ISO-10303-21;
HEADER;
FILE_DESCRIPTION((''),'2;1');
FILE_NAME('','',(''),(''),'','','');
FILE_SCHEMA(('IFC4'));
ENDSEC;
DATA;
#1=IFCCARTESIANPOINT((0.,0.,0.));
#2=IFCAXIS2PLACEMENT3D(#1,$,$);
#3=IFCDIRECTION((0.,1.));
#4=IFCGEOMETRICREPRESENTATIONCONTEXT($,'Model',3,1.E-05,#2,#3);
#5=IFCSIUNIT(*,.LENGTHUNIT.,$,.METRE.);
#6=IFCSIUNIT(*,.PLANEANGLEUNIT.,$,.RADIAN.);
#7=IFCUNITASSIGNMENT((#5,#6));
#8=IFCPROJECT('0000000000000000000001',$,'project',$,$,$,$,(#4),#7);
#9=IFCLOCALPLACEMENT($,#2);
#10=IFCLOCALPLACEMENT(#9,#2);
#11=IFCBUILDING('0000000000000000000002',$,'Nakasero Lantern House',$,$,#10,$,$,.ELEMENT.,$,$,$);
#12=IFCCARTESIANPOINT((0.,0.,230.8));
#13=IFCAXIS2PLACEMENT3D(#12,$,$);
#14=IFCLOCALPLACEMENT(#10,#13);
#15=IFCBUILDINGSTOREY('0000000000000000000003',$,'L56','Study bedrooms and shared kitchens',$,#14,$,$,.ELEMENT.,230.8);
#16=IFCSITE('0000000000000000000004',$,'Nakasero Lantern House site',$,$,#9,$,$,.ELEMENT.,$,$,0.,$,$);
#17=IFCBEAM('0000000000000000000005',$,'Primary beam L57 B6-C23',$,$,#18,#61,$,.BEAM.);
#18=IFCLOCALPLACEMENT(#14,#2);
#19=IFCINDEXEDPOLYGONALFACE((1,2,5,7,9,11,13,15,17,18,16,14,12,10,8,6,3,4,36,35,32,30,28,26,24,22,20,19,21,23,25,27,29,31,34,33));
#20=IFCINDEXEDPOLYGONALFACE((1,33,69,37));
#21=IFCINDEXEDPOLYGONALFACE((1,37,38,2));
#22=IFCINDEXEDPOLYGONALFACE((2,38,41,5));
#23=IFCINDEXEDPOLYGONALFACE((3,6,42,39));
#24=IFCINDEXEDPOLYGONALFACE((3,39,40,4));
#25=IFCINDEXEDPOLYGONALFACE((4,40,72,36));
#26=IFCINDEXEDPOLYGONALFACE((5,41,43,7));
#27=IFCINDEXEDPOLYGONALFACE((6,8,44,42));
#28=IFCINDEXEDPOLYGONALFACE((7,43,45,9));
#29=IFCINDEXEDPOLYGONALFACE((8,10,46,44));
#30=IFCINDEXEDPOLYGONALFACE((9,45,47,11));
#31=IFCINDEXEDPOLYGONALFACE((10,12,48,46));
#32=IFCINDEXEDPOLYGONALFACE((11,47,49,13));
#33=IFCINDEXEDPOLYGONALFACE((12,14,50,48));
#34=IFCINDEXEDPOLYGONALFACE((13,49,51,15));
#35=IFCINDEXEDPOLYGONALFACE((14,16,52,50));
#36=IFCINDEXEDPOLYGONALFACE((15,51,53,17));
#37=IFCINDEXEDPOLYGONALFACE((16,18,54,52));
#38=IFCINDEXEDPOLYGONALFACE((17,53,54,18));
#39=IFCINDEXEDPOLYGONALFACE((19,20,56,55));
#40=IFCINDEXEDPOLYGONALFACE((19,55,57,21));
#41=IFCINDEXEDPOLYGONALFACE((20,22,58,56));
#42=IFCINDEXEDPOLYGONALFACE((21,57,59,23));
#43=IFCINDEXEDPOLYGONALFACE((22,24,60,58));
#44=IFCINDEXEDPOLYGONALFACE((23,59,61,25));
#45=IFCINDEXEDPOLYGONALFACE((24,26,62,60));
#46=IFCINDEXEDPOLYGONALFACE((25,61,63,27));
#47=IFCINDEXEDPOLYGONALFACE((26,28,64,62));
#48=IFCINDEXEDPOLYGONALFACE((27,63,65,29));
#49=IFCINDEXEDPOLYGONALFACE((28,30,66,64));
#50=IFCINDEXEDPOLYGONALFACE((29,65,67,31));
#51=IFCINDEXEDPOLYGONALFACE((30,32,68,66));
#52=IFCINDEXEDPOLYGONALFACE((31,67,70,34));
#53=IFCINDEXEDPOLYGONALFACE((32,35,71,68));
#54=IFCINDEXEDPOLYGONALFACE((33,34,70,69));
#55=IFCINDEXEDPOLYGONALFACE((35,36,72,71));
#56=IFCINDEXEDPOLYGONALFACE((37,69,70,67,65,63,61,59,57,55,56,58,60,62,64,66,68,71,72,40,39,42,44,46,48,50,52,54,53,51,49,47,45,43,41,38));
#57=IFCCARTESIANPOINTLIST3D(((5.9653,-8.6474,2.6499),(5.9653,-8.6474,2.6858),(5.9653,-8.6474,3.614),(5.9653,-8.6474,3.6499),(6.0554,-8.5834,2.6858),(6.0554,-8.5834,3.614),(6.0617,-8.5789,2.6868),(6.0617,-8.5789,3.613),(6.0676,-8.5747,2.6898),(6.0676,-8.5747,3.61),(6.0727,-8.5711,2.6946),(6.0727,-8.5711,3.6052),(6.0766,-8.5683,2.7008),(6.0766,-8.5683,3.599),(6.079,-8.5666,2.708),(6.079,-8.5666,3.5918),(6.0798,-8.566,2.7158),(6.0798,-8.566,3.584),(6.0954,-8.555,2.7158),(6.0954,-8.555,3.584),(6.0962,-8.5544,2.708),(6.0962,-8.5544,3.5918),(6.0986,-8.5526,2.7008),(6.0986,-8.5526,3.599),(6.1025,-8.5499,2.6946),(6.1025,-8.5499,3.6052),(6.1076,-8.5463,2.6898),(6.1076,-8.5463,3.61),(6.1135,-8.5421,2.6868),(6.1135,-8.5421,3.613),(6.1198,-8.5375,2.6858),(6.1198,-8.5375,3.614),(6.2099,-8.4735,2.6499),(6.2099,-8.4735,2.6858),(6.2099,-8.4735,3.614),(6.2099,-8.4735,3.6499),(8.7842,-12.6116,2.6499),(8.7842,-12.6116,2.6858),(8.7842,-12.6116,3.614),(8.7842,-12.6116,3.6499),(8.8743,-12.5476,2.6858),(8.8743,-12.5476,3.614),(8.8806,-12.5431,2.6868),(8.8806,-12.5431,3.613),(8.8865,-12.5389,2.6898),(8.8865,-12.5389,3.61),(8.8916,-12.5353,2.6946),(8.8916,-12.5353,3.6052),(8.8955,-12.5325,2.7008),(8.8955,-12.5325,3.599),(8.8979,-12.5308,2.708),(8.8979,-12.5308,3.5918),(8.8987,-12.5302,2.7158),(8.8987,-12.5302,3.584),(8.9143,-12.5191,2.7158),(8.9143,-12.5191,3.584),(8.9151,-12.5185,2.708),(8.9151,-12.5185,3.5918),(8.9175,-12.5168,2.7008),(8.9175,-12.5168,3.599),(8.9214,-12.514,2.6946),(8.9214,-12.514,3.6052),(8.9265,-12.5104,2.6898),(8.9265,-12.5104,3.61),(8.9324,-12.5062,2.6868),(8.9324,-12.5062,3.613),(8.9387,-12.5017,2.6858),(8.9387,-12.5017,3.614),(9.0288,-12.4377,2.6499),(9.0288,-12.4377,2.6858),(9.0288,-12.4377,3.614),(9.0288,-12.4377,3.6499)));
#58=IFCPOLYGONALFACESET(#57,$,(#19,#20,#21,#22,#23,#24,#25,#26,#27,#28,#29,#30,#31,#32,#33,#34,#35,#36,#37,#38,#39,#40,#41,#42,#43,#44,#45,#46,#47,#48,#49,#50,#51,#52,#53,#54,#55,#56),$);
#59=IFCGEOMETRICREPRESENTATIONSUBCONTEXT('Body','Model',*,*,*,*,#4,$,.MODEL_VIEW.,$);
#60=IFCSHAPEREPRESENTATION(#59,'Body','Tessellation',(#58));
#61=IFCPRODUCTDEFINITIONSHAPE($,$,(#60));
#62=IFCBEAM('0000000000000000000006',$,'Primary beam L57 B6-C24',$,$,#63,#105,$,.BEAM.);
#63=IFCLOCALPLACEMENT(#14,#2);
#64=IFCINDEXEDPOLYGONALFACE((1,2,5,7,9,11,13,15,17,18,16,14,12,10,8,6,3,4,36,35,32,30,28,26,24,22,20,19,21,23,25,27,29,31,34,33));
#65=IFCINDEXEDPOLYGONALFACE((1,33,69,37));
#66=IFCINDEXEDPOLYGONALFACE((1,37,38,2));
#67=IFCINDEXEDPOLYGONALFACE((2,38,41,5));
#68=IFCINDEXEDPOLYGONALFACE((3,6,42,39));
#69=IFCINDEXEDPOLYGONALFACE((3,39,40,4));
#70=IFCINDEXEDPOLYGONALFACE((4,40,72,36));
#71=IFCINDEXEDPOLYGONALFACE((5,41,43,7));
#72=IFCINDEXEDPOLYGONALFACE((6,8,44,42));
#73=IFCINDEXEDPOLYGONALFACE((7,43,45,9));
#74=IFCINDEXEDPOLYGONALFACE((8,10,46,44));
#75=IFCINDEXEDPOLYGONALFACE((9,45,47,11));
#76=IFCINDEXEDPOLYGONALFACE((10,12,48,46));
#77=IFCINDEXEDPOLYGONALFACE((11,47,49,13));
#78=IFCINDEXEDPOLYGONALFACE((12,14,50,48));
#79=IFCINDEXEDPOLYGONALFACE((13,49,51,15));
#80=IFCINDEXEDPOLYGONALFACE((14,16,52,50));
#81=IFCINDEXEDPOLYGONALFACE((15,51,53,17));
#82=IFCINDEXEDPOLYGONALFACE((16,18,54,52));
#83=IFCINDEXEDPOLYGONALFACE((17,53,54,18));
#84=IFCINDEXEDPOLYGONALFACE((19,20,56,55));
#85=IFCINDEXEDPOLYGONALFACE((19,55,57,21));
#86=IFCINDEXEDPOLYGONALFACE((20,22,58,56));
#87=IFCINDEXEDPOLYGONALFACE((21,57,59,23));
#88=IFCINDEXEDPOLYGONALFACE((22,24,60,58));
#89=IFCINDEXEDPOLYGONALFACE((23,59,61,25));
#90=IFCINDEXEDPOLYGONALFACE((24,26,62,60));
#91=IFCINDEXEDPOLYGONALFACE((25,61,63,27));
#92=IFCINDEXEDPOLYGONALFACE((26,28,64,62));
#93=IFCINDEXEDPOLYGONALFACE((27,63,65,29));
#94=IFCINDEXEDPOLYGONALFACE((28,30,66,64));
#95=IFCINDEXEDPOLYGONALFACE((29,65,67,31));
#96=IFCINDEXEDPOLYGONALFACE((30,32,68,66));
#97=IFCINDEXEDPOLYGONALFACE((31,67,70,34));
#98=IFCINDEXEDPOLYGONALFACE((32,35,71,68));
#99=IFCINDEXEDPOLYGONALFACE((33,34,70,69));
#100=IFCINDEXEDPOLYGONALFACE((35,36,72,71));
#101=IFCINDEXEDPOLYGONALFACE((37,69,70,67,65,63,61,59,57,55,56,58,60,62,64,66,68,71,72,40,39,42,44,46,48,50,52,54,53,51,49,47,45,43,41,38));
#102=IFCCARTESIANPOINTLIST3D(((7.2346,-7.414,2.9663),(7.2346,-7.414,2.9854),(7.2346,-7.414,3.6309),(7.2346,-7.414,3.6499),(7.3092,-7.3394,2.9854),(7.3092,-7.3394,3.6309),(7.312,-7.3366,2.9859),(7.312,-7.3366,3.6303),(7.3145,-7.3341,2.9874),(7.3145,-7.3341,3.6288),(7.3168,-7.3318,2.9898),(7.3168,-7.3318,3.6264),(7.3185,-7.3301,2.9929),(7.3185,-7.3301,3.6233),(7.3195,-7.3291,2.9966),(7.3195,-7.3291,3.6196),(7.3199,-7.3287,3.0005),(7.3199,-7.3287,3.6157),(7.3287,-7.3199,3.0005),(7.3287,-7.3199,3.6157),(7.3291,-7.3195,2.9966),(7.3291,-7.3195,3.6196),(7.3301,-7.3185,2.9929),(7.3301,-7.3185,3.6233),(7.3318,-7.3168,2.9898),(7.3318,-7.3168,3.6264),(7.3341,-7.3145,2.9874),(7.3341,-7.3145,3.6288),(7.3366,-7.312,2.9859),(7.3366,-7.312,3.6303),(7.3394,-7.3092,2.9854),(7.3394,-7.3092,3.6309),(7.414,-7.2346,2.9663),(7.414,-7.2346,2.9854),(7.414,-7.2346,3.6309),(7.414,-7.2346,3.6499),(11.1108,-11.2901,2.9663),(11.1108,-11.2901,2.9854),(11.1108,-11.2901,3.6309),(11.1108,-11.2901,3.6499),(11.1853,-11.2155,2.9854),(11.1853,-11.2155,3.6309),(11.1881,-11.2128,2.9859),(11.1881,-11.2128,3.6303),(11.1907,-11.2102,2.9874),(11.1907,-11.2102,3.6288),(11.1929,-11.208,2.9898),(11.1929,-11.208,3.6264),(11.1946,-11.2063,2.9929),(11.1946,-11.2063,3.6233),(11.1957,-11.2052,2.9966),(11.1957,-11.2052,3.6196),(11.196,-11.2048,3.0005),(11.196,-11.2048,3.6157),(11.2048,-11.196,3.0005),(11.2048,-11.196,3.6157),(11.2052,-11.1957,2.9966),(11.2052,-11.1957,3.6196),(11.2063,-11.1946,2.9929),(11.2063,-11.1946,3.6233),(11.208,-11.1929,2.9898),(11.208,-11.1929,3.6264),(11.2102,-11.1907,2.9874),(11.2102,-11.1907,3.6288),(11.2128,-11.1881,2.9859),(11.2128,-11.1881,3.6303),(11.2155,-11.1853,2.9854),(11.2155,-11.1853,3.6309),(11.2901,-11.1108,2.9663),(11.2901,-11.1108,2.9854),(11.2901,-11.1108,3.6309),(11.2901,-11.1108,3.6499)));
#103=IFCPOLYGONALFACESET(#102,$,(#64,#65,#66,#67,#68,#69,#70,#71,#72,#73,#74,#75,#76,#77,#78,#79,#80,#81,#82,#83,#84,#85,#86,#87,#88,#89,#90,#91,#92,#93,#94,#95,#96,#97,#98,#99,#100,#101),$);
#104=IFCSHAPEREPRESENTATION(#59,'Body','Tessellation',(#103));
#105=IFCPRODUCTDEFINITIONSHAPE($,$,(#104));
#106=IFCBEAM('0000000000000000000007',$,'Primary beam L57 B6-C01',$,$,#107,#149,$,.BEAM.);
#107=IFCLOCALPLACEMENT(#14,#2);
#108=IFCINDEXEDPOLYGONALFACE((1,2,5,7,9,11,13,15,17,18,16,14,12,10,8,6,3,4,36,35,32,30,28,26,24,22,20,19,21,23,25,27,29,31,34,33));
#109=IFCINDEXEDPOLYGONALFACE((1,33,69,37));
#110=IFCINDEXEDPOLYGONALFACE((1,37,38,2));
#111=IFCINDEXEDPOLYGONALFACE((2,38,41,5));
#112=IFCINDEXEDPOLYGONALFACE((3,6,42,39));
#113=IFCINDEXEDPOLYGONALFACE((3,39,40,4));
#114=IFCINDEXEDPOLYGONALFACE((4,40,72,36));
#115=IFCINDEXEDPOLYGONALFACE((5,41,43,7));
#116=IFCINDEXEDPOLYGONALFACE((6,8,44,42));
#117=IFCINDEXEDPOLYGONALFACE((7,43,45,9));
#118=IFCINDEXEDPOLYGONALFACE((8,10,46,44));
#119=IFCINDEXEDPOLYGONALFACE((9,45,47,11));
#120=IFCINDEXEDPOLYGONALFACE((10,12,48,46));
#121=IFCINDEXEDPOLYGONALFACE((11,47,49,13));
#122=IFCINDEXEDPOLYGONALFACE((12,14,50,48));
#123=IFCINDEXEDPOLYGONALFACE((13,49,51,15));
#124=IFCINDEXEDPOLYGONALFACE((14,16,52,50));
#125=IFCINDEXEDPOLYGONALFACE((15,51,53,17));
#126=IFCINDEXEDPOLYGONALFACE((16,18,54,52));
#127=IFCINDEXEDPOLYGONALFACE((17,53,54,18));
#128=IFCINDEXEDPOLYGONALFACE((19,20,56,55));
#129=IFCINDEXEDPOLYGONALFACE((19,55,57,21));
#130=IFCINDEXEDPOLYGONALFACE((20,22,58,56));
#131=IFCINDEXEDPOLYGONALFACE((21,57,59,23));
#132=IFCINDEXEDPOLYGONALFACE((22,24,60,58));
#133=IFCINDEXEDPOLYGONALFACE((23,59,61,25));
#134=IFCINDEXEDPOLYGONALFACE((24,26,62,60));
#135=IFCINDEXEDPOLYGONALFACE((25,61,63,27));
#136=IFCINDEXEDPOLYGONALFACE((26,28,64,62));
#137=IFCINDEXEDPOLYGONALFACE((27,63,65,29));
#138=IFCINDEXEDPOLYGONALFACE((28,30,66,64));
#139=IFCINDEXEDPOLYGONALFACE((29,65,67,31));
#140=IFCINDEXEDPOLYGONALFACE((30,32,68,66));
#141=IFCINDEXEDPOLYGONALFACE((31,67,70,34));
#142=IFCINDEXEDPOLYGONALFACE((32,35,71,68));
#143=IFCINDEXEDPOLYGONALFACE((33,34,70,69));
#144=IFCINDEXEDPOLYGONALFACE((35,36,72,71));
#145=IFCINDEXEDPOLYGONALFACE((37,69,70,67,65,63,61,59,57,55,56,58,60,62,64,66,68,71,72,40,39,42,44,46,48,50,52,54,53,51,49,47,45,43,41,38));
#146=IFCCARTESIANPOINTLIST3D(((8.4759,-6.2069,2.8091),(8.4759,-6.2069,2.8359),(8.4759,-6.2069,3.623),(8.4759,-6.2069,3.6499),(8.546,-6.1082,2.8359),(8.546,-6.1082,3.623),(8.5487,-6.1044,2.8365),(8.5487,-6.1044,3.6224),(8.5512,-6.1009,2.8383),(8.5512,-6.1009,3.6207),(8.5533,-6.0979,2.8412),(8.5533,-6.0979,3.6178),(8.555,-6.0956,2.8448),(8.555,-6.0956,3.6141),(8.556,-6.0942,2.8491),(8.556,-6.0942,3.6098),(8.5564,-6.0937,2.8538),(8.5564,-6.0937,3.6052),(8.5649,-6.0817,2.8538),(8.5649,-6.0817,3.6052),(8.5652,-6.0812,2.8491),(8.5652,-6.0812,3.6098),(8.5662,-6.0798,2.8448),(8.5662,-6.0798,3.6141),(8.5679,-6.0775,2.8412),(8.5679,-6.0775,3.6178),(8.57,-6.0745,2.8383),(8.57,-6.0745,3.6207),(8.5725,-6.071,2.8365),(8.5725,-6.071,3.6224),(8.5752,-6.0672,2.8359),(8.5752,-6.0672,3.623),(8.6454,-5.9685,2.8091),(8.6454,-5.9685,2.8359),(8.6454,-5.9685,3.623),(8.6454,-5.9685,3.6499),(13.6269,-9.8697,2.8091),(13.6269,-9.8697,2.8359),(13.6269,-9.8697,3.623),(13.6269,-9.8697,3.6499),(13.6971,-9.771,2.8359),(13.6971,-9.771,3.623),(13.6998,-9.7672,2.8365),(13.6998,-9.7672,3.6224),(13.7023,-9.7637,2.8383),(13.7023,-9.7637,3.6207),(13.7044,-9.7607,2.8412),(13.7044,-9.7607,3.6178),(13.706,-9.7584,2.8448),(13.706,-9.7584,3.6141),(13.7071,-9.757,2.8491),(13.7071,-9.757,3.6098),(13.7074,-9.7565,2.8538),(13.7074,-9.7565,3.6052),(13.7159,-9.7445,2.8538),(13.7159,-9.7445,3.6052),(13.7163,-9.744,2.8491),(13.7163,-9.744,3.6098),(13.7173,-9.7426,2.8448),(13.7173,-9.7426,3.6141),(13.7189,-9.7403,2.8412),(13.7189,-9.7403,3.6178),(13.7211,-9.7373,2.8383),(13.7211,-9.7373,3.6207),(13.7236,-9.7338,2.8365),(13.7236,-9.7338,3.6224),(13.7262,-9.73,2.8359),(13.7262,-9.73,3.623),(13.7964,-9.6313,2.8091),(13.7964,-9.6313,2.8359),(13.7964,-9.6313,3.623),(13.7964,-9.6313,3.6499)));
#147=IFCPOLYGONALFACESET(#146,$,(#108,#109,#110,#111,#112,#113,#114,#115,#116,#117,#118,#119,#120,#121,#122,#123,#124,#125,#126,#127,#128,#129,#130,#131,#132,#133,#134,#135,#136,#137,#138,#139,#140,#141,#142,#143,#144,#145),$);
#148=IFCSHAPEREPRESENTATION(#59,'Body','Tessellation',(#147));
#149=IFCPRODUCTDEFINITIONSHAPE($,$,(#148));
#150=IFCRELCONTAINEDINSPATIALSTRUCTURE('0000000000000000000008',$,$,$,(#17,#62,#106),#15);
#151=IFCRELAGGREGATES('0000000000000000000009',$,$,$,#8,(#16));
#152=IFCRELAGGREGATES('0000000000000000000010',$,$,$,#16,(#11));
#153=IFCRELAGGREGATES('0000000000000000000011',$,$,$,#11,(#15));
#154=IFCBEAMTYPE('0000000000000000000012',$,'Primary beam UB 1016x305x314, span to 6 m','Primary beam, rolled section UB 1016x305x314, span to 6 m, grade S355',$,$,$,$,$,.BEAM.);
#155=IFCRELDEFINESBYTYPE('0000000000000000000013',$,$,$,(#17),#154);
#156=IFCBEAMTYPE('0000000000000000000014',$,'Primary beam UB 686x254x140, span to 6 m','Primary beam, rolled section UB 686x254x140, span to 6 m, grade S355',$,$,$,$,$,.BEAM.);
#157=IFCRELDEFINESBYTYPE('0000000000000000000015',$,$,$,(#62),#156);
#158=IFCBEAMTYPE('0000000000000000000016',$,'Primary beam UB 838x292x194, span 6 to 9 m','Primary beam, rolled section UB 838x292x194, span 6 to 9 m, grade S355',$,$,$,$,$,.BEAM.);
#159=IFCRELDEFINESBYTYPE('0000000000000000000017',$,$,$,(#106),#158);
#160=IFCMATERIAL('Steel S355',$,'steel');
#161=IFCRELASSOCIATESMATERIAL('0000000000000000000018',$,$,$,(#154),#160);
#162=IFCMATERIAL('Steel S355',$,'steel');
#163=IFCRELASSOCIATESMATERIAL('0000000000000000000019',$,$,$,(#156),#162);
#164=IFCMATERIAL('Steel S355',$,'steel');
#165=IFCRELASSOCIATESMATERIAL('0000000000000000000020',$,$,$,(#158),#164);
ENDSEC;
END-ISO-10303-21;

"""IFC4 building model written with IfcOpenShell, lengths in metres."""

from ifc_helpers import new_model, si_unit, direction, frame, origin, origin_2d, place, context, subcontext, project, spatial, i_section, extrude, material, material_profile, profile_set, type_object, element, save


model = new_model("IFC4")

# Units and contexts
model_context = context("Model", 3, precision=1e-05, world=origin(), true_north=direction((0.0, 1.0)))
body_context = subcontext(model_context, "Body", "Model", "MODEL_VIEW")
ifc_project = project(units=[si_unit("LENGTHUNIT", "METRE"), si_unit("PLANEANGLEUNIT", "RADIAN")], contexts=[model_context])

# Site, building, storey
site_placement = place(None, origin())
site = spatial("IfcSite", under=ifc_project, at=site_placement, Name="Nakasero Lantern House site", CompositionType="ELEMENT", RefElevation=0.0)
building_placement = place(site_placement, origin())
building = spatial("IfcBuilding", under=site, at=building_placement, Name="Nakasero Lantern House", CompositionType="ELEMENT")
storey_placement = place(building_placement, frame((0.0, 0.0, 230.8)))
storey = spatial("IfcBuildingStorey", under=building, at=storey_placement, Name="L56", Description="Study bedrooms and shared kitchens", CompositionType="ELEMENT", Elevation=230.8)

# Beams
ifc_material_1 = material(Name="Steel S355", Category="steel")
ifc_material_profile_1 = material_profile(ifc_material_1, i_section(OverallWidth=0.3, OverallDepth=1.0, WebThickness=0.019, FlangeThickness=0.0359, FilletRadius=0.03, at=origin_2d()), Name="UB 1016x305x314")
ifc_profile_set_1 = profile_set([ifc_material_profile_1], Name="Steel S355")
beam_type_1 = type_object("IfcBeamType", Name="Primary beam UB 1016x305x314, span to 6 m", Description="Primary beam, rolled section UB 1016x305x314, span to 6 m, grade S355", PredefinedType="BEAM", material=ifc_profile_set_1)
beam_1_placement = place(storey_placement, frame((8.9065, -12.5247, 3.1499), z_axis=(-0.579513, 0.814963, 0.0), x_axis=(-0.814963, -0.579513, 0.0)))
element("IfcBeam", 1, at=beam_1_placement, inside=storey, type_object=beam_type_1, Name="Primary beam L57 B6-C23", PredefinedType="BEAM", context=body_context, shape_type="SweptSolid", body=[
    extrude(i_section(OverallWidth=0.3, OverallDepth=1.0, WebThickness=0.019, FlangeThickness=0.0359, FilletRadius=0.03, at=origin_2d()), origin(), (0.0, 0.0, 1.0), 4.8643),
])
ifc_material_2 = material(Name="Steel S355", Category="steel")
ifc_material_profile_2 = material_profile(ifc_material_2, i_section(OverallWidth=0.2537, OverallDepth=0.6836, WebThickness=0.0125, FlangeThickness=0.019, FilletRadius=0.0151, at=origin_2d()), Name="UB 686x254x140")
ifc_profile_set_2 = profile_set([ifc_material_profile_2], Name="Steel S355")
beam_type_2 = type_object("IfcBeamType", Name="Primary beam UB 686x254x140, span to 6 m", Description="Primary beam, rolled section UB 686x254x140, span to 6 m, grade S355", PredefinedType="BEAM", material=ifc_profile_set_2)
beam_2_placement = place(storey_placement, frame((11.2004, -11.2004, 3.3081), z_axis=(-0.707107, 0.707107, 0.0), x_axis=(-0.707107, -0.707107, 0.0)))
element("IfcBeam", 2, at=beam_2_placement, inside=storey, type_object=beam_type_2, Name="Primary beam L57 B6-C24", PredefinedType="BEAM", context=body_context, shape_type="SweptSolid", body=[
    extrude(i_section(OverallWidth=0.2537, OverallDepth=0.6836, WebThickness=0.0125, FlangeThickness=0.019, FilletRadius=0.0151, at=origin_2d()), origin(), (0.0, 0.0, 1.0), 5.4817),
])
ifc_material_3 = material(Name="Steel S355", Category="steel")
ifc_material_profile_3 = material_profile(ifc_material_3, i_section(OverallWidth=0.2925, OverallDepth=0.8408, WebThickness=0.0146, FlangeThickness=0.0269, FilletRadius=0.0178, at=origin_2d()), Name="UB 838x292x194")
ifc_profile_set_3 = profile_set([ifc_material_profile_3], Name="Steel S355")
beam_type_3 = type_object("IfcBeamType", Name="Primary beam UB 838x292x194, span 6 to 9 m", Description="Primary beam, rolled section UB 838x292x194, span 6 to 9 m, grade S355", PredefinedType="BEAM", material=ifc_profile_set_3)
beam_3_placement = place(storey_placement, frame((13.7117, -9.7505, 3.2295), z_axis=(-0.814969, 0.579505, 0.0), x_axis=(-0.579505, -0.814969, 0.0)))
element("IfcBeam", 3, at=beam_3_placement, inside=storey, type_object=beam_type_3, Name="Primary beam L57 B6-C01", PredefinedType="BEAM", context=body_context, shape_type="SweptSolid", body=[
    extrude(i_section(OverallWidth=0.2925, OverallDepth=0.8408, WebThickness=0.0146, FlangeThickness=0.0269, FilletRadius=0.0178, at=origin_2d()), origin(), (0.0, 0.0, 1.0), 6.3206),
])

save(model, "model.ifc")
